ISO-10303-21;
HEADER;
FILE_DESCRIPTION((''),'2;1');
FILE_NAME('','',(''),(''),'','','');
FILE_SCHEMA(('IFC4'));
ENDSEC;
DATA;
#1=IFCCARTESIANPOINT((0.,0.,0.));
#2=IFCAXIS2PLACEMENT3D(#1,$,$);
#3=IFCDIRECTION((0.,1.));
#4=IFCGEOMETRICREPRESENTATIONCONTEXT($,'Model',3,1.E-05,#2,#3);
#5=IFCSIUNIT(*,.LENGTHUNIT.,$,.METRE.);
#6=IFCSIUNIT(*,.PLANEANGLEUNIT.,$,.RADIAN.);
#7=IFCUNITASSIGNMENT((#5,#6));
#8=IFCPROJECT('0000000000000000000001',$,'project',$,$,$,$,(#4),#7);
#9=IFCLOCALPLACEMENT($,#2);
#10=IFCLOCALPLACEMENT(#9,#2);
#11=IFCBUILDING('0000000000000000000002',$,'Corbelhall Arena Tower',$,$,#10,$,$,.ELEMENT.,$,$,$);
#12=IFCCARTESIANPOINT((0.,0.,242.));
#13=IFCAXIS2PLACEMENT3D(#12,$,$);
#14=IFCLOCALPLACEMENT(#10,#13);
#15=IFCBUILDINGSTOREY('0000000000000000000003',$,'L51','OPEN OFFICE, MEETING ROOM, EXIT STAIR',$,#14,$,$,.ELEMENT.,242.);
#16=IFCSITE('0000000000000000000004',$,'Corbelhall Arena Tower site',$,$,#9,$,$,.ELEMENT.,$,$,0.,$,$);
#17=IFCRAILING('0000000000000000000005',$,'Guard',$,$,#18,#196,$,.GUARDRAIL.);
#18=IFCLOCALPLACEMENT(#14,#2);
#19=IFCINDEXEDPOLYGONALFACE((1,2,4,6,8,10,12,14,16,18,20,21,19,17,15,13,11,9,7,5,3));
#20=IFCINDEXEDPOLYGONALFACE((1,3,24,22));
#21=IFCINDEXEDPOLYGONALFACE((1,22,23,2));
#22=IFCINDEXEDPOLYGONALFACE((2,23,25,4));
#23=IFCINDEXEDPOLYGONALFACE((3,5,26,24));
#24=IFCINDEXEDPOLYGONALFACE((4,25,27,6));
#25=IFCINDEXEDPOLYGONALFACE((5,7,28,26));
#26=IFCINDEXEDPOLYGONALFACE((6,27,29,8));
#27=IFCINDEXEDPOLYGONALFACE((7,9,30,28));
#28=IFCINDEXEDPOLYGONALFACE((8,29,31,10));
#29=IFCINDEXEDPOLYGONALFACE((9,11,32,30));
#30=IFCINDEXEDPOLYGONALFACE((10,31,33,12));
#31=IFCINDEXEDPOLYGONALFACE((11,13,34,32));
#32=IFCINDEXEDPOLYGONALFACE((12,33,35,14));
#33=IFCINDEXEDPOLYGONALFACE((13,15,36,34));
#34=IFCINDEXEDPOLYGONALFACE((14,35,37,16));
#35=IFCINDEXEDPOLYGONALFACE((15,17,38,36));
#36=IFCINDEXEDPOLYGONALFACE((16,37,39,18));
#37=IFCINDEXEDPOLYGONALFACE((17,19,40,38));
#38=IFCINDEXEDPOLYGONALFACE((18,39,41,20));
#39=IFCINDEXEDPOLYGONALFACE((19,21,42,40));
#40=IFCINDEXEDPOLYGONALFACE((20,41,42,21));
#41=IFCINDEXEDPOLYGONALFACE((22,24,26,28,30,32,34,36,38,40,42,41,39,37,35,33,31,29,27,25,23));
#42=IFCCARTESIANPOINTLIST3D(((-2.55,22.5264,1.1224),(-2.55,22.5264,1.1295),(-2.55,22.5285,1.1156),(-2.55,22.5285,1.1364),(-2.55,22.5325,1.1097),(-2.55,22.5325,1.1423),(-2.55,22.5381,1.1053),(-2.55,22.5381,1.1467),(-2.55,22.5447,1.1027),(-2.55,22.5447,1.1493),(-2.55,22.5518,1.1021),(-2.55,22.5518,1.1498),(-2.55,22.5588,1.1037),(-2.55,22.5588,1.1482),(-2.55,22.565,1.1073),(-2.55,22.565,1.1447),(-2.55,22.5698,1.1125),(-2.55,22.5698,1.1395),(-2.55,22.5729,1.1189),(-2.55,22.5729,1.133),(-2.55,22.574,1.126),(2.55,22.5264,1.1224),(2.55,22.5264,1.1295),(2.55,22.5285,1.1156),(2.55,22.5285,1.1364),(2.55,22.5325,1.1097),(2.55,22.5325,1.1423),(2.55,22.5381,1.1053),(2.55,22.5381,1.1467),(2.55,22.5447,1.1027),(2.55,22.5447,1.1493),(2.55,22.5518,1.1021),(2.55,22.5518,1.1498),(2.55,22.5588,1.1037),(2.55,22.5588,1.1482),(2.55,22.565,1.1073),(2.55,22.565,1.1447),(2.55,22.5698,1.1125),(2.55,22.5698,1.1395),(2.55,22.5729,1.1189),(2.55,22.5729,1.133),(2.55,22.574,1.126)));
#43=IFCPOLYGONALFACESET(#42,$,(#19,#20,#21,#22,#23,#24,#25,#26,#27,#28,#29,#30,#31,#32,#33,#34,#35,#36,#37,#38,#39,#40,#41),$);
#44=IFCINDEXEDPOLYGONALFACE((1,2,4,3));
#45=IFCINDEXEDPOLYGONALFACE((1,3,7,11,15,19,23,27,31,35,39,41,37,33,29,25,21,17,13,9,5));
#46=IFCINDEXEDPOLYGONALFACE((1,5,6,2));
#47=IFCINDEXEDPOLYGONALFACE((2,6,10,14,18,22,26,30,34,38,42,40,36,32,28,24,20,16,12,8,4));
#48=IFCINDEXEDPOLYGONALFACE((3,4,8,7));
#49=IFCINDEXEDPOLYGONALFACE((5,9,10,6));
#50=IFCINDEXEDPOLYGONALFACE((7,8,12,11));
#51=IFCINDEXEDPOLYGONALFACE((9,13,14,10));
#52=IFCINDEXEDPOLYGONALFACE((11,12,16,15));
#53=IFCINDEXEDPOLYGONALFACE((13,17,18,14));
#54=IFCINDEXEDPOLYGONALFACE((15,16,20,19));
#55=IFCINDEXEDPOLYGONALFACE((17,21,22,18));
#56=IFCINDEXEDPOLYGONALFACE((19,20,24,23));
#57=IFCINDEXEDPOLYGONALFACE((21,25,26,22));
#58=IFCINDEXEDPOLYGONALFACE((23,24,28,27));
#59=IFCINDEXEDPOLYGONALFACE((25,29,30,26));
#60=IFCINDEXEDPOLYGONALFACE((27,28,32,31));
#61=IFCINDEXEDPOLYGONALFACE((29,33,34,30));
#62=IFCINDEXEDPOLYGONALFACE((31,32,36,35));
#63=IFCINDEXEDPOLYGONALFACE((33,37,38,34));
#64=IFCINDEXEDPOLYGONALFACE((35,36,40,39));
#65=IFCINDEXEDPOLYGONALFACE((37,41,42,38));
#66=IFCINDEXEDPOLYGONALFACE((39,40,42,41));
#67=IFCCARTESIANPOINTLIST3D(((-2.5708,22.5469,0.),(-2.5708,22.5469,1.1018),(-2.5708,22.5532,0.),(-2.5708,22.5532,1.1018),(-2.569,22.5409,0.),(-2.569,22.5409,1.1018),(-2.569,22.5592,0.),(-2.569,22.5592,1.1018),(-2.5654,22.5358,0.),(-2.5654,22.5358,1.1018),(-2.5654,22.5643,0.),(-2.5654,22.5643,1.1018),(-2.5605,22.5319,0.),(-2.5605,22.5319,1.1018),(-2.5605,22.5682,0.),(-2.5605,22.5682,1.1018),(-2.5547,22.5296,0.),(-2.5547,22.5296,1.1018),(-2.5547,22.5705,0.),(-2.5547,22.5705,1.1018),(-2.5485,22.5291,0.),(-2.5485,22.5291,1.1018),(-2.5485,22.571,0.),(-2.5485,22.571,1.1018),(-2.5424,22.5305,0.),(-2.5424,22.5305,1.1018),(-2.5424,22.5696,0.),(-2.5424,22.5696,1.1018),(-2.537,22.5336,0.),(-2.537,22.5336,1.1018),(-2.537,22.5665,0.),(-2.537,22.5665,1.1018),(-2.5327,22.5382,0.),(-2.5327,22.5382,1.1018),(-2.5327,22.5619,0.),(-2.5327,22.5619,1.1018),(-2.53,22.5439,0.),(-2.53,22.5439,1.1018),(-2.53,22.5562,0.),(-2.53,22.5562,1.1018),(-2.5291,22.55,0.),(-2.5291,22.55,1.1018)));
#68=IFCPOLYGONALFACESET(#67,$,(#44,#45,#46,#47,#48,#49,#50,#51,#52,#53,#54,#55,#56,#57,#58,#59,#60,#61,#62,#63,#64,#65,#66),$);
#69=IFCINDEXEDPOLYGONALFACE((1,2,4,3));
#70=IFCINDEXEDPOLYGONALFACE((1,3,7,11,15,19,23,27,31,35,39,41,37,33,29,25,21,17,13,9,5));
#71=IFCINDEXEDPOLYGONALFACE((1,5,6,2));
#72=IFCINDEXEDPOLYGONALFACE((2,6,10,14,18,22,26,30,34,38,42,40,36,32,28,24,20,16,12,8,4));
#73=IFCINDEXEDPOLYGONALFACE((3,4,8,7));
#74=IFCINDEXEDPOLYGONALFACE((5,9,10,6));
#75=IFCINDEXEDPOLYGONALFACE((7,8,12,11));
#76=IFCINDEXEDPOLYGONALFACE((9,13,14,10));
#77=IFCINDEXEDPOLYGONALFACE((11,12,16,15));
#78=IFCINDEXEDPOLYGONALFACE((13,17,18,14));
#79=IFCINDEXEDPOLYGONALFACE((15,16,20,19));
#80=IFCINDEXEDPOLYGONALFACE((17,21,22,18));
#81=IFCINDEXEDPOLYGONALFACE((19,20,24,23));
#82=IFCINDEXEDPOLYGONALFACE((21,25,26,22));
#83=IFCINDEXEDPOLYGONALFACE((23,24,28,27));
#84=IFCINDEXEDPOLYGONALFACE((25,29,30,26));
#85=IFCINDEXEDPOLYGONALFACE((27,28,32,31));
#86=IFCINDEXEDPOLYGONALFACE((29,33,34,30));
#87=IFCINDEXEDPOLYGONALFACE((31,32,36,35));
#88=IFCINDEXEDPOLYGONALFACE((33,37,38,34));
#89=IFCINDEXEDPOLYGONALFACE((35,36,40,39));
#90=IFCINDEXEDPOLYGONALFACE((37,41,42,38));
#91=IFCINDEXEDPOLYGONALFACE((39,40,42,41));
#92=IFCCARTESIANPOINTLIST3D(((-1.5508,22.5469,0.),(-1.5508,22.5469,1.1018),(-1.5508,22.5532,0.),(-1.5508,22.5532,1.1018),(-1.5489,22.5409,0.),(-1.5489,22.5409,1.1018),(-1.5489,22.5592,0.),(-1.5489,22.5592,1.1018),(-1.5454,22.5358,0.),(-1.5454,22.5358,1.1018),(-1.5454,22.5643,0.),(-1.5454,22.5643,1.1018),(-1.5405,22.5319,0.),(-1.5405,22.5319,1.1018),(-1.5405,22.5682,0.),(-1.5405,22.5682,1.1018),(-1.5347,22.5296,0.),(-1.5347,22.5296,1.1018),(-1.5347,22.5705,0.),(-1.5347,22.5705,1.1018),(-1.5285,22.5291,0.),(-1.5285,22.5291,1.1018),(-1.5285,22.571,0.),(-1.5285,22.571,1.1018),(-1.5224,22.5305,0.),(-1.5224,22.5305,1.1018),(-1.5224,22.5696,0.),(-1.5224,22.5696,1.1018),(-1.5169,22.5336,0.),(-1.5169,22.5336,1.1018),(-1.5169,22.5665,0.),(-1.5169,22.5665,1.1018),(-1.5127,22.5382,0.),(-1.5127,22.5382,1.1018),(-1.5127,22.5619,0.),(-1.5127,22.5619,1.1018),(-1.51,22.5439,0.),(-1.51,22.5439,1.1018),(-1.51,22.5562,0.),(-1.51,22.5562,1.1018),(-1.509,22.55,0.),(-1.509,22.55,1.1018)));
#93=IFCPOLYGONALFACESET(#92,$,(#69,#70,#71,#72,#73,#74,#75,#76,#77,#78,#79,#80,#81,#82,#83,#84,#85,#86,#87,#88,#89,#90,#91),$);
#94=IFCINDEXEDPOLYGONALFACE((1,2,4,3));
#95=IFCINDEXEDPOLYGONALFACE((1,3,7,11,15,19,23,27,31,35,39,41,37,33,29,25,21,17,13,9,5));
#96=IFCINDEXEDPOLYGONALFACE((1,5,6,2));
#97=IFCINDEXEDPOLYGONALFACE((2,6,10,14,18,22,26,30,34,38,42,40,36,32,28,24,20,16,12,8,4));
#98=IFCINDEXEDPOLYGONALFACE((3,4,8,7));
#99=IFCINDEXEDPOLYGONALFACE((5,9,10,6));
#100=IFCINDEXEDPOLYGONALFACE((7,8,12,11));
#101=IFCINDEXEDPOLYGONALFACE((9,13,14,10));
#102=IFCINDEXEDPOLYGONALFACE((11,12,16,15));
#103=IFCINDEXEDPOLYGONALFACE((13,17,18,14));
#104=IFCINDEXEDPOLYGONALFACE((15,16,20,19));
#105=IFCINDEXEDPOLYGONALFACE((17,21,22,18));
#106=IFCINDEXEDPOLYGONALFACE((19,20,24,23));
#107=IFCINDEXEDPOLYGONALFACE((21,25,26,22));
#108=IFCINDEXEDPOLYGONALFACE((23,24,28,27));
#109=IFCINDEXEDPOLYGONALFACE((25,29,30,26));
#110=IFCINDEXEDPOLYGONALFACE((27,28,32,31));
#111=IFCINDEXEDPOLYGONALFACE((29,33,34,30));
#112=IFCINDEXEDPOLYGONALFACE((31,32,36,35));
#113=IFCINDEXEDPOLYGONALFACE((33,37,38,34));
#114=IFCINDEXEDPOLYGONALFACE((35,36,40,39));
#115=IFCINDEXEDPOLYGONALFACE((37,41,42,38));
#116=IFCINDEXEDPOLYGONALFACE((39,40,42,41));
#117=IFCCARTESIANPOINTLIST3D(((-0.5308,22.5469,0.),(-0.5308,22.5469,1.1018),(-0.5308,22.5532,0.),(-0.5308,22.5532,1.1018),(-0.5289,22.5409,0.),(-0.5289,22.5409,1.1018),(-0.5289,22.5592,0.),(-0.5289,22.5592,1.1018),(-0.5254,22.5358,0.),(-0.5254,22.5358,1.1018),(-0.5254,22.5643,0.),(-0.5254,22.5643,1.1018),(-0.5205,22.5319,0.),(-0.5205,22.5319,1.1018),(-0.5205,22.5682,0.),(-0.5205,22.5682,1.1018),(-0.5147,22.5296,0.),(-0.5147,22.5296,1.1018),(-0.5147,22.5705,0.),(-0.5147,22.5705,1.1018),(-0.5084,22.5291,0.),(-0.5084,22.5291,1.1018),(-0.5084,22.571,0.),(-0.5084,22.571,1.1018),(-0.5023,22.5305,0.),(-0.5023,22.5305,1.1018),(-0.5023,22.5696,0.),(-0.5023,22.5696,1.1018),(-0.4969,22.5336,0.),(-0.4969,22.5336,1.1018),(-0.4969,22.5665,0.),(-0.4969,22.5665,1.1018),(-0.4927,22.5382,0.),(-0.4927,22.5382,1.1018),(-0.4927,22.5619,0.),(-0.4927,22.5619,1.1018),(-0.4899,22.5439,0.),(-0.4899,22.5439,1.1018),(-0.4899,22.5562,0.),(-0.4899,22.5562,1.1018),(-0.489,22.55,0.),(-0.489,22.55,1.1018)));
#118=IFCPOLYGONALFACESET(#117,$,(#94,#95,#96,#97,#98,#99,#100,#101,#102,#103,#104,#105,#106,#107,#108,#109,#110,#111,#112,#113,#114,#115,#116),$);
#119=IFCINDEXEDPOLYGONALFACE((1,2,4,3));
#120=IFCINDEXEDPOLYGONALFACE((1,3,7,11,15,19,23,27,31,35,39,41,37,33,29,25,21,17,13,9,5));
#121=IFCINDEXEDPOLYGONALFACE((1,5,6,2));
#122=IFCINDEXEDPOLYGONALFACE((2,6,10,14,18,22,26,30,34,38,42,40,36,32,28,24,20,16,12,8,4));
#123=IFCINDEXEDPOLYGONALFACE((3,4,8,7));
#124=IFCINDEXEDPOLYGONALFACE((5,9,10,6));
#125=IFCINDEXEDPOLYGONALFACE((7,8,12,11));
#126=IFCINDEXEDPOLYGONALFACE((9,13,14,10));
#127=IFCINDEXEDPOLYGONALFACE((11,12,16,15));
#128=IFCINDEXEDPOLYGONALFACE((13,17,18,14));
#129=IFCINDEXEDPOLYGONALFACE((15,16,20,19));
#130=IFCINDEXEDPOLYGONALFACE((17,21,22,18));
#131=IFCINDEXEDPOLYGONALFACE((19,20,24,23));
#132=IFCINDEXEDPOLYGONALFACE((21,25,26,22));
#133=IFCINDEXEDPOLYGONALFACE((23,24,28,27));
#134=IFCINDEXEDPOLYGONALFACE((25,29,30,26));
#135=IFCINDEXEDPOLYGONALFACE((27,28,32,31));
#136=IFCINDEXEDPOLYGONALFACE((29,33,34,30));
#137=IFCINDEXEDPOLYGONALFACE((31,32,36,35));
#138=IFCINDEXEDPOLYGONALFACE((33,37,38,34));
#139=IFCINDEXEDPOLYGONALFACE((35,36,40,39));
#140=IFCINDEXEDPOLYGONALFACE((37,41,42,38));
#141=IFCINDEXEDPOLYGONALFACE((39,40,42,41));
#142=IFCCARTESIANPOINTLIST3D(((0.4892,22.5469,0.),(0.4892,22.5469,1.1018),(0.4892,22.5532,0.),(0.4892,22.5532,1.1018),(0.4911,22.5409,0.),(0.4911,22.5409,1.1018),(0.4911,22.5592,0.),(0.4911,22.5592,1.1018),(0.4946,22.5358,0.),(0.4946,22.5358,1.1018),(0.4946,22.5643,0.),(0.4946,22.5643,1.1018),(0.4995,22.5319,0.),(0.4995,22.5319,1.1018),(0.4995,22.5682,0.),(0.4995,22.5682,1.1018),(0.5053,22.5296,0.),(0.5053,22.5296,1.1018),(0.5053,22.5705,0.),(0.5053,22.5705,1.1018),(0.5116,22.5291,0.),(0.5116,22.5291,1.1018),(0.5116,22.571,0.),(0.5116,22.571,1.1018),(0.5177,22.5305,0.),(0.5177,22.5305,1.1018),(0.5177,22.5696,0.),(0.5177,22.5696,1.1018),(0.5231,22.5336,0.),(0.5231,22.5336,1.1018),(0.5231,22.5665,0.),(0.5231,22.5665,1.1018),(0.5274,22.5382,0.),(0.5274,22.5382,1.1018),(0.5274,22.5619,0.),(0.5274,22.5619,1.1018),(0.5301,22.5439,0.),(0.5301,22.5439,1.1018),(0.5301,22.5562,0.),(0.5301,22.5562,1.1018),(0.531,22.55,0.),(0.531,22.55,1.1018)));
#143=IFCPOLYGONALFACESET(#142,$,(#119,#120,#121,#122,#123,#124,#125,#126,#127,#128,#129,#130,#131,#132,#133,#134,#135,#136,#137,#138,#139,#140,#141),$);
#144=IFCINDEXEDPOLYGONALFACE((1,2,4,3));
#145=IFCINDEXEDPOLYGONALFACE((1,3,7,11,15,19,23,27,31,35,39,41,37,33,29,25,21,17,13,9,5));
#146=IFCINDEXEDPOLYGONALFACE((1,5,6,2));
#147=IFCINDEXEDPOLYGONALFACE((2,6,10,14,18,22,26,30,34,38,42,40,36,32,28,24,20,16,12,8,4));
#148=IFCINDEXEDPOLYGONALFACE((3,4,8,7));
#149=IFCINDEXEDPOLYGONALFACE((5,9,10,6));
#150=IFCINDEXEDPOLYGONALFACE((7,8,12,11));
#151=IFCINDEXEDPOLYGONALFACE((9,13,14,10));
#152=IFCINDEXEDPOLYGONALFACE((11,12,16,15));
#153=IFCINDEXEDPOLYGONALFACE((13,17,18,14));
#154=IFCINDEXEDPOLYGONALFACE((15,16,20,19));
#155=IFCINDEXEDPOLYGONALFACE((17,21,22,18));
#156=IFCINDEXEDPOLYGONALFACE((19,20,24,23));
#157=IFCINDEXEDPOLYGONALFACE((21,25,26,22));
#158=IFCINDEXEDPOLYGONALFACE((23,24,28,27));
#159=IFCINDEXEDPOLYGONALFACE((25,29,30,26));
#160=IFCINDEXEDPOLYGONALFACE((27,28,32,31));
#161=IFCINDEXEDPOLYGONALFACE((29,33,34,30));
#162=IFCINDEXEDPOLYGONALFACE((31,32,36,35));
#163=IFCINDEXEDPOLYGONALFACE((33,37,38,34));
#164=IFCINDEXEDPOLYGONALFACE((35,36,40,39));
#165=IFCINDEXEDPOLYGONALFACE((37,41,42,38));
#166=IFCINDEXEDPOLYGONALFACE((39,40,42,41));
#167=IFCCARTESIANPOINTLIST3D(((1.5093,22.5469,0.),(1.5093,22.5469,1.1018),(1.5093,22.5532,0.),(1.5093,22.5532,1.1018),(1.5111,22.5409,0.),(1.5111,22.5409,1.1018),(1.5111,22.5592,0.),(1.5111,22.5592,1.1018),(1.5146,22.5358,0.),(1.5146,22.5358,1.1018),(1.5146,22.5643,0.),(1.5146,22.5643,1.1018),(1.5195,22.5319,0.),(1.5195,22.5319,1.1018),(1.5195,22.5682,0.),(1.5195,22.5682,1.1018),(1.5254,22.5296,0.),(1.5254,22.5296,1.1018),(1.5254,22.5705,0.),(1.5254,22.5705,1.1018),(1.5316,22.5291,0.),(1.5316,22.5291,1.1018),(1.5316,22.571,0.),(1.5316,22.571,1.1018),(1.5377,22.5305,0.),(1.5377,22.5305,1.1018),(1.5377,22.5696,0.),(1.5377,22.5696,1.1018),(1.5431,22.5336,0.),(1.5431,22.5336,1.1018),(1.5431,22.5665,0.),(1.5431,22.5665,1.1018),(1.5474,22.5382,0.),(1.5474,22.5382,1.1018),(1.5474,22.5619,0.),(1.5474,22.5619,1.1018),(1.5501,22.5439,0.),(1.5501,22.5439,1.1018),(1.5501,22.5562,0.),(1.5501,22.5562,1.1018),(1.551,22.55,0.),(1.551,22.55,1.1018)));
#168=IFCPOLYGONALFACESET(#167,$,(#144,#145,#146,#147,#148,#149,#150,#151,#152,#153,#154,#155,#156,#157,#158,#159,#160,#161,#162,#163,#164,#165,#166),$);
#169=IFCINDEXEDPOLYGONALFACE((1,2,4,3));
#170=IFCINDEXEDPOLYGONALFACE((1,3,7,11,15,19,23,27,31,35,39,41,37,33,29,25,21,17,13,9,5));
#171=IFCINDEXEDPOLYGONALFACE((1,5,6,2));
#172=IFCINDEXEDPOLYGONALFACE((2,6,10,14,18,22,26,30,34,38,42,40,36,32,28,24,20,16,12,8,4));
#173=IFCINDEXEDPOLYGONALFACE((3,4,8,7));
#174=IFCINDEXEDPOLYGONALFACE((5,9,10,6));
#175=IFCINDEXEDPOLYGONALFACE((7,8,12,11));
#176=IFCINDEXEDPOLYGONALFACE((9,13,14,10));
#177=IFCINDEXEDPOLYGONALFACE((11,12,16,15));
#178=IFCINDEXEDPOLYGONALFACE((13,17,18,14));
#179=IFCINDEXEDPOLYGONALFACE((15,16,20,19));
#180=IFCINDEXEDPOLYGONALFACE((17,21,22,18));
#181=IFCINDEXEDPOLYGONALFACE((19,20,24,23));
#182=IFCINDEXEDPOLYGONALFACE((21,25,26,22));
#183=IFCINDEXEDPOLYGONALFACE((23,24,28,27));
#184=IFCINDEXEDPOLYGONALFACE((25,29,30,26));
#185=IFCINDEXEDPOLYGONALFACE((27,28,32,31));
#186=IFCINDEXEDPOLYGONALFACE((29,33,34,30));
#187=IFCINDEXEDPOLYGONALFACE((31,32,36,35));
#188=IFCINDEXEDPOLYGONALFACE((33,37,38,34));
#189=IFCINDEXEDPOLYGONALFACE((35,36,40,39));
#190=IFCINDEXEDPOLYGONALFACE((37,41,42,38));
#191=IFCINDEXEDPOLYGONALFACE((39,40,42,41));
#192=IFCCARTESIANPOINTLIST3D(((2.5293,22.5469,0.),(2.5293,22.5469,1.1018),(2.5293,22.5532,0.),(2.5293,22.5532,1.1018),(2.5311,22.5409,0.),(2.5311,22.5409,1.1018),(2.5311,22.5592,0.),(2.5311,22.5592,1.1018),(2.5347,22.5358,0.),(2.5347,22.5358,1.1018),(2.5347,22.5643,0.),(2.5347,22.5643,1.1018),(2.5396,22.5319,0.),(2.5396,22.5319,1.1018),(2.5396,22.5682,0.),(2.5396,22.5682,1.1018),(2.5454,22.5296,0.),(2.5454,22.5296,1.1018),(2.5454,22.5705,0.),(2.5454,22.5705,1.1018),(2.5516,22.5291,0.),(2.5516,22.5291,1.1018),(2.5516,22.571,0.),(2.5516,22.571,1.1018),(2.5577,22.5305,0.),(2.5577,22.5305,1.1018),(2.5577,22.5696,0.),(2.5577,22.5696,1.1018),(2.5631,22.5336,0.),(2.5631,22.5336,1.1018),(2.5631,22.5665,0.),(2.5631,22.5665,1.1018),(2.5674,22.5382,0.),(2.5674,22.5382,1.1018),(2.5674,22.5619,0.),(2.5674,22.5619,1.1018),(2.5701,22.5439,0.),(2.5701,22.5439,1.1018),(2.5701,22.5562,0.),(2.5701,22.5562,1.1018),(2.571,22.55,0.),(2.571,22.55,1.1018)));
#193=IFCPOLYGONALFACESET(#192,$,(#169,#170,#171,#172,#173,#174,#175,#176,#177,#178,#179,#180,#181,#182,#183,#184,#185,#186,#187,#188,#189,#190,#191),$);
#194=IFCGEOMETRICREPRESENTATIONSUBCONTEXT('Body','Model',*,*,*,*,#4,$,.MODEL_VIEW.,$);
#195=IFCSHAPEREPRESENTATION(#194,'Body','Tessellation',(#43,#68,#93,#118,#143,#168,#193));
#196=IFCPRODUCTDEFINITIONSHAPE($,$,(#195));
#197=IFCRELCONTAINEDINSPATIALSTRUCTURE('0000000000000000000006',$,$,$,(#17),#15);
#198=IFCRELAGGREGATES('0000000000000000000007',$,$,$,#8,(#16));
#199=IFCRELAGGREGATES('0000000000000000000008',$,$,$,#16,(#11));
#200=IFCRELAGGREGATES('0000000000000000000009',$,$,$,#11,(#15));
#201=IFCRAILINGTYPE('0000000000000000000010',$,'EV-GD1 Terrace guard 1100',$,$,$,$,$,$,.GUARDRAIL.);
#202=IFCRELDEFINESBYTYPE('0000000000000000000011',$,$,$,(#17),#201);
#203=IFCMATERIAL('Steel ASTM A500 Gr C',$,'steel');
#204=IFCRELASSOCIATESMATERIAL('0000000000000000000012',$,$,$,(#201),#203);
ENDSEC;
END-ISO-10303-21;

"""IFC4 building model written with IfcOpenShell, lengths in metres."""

from ifc_helpers import new_model, si_unit, direction, frame, origin, origin_2d, place, context, subcontext, project, spatial, circle, extrude, material, type_object, element, save


model = new_model("IFC4")

# Units and contexts
model_context = context("Model", 3, precision=1e-05, world=origin(), true_north=direction((0.0, 1.0)))
body_context = subcontext(model_context, "Body", "Model", "MODEL_VIEW")
ifc_project = project(units=[si_unit("LENGTHUNIT", "METRE"), si_unit("PLANEANGLEUNIT", "RADIAN")], contexts=[model_context])

# Site, building, storey
site_placement = place(None, origin())
site = spatial("IfcSite", under=ifc_project, at=site_placement, Name="Corbelhall Arena Tower site", CompositionType="ELEMENT", RefElevation=0.0)
building_placement = place(site_placement, origin())
building = spatial("IfcBuilding", under=site, at=building_placement, Name="Corbelhall Arena Tower", CompositionType="ELEMENT")
storey_placement = place(building_placement, frame((0.0, 0.0, 242.0)))
storey = spatial("IfcBuildingStorey", under=building, at=storey_placement, Name="L51", Description="OPEN OFFICE, MEETING ROOM, EXIT STAIR", CompositionType="ELEMENT", Elevation=242.0)

# Railing
ifc_material_1 = material(Name="Steel ASTM A500 Gr C", Category="steel")
railing_type_1 = type_object("IfcRailingType", Name="EV-GD1 Terrace guard 1100", PredefinedType="GUARDRAIL", material=ifc_material_1)
railing_1_placement = place(storey_placement, frame((-2.55, 22.55, 0.0)))
element("IfcRailing", 1, at=railing_1_placement, inside=storey, type_object=railing_type_1, Name="Guard", PredefinedType="GUARDRAIL", context=body_context, shape_type="SweptSolid", body=[
    extrude(circle(Radius=0.0239, at=origin_2d()), frame((0.0, 0.0, 1.126), z_axis=(1.0, 0.0, 0.0), x_axis=(0.0, 1.0, 0.0)), (0.0, 0.0, 1.0), 5.1001),
    extrude(circle(Radius=0.021, at=origin_2d()), origin(), (0.0, 0.0, 1.0), 1.1018),
    extrude(circle(Radius=0.021, at=origin_2d()), frame((1.02, 0.0, 0.0)), (0.0, 0.0, 1.0), 1.1018),
    extrude(circle(Radius=0.021, at=origin_2d()), frame((2.04, 0.0, 0.0)), (0.0, 0.0, 1.0), 1.1018),
    extrude(circle(Radius=0.021, at=origin_2d()), frame((3.0601, 0.0, 0.0)), (0.0, 0.0, 1.0), 1.1018),
    extrude(circle(Radius=0.021, at=origin_2d()), frame((4.0801, 0.0, 0.0)), (0.0, 0.0, 1.0), 1.1018),
    extrude(circle(Radius=0.021, at=origin_2d()), frame((5.1001, 0.0, 0.0)), (0.0, 0.0, 1.0), 1.1018),
])

save(model, "model.ifc")
